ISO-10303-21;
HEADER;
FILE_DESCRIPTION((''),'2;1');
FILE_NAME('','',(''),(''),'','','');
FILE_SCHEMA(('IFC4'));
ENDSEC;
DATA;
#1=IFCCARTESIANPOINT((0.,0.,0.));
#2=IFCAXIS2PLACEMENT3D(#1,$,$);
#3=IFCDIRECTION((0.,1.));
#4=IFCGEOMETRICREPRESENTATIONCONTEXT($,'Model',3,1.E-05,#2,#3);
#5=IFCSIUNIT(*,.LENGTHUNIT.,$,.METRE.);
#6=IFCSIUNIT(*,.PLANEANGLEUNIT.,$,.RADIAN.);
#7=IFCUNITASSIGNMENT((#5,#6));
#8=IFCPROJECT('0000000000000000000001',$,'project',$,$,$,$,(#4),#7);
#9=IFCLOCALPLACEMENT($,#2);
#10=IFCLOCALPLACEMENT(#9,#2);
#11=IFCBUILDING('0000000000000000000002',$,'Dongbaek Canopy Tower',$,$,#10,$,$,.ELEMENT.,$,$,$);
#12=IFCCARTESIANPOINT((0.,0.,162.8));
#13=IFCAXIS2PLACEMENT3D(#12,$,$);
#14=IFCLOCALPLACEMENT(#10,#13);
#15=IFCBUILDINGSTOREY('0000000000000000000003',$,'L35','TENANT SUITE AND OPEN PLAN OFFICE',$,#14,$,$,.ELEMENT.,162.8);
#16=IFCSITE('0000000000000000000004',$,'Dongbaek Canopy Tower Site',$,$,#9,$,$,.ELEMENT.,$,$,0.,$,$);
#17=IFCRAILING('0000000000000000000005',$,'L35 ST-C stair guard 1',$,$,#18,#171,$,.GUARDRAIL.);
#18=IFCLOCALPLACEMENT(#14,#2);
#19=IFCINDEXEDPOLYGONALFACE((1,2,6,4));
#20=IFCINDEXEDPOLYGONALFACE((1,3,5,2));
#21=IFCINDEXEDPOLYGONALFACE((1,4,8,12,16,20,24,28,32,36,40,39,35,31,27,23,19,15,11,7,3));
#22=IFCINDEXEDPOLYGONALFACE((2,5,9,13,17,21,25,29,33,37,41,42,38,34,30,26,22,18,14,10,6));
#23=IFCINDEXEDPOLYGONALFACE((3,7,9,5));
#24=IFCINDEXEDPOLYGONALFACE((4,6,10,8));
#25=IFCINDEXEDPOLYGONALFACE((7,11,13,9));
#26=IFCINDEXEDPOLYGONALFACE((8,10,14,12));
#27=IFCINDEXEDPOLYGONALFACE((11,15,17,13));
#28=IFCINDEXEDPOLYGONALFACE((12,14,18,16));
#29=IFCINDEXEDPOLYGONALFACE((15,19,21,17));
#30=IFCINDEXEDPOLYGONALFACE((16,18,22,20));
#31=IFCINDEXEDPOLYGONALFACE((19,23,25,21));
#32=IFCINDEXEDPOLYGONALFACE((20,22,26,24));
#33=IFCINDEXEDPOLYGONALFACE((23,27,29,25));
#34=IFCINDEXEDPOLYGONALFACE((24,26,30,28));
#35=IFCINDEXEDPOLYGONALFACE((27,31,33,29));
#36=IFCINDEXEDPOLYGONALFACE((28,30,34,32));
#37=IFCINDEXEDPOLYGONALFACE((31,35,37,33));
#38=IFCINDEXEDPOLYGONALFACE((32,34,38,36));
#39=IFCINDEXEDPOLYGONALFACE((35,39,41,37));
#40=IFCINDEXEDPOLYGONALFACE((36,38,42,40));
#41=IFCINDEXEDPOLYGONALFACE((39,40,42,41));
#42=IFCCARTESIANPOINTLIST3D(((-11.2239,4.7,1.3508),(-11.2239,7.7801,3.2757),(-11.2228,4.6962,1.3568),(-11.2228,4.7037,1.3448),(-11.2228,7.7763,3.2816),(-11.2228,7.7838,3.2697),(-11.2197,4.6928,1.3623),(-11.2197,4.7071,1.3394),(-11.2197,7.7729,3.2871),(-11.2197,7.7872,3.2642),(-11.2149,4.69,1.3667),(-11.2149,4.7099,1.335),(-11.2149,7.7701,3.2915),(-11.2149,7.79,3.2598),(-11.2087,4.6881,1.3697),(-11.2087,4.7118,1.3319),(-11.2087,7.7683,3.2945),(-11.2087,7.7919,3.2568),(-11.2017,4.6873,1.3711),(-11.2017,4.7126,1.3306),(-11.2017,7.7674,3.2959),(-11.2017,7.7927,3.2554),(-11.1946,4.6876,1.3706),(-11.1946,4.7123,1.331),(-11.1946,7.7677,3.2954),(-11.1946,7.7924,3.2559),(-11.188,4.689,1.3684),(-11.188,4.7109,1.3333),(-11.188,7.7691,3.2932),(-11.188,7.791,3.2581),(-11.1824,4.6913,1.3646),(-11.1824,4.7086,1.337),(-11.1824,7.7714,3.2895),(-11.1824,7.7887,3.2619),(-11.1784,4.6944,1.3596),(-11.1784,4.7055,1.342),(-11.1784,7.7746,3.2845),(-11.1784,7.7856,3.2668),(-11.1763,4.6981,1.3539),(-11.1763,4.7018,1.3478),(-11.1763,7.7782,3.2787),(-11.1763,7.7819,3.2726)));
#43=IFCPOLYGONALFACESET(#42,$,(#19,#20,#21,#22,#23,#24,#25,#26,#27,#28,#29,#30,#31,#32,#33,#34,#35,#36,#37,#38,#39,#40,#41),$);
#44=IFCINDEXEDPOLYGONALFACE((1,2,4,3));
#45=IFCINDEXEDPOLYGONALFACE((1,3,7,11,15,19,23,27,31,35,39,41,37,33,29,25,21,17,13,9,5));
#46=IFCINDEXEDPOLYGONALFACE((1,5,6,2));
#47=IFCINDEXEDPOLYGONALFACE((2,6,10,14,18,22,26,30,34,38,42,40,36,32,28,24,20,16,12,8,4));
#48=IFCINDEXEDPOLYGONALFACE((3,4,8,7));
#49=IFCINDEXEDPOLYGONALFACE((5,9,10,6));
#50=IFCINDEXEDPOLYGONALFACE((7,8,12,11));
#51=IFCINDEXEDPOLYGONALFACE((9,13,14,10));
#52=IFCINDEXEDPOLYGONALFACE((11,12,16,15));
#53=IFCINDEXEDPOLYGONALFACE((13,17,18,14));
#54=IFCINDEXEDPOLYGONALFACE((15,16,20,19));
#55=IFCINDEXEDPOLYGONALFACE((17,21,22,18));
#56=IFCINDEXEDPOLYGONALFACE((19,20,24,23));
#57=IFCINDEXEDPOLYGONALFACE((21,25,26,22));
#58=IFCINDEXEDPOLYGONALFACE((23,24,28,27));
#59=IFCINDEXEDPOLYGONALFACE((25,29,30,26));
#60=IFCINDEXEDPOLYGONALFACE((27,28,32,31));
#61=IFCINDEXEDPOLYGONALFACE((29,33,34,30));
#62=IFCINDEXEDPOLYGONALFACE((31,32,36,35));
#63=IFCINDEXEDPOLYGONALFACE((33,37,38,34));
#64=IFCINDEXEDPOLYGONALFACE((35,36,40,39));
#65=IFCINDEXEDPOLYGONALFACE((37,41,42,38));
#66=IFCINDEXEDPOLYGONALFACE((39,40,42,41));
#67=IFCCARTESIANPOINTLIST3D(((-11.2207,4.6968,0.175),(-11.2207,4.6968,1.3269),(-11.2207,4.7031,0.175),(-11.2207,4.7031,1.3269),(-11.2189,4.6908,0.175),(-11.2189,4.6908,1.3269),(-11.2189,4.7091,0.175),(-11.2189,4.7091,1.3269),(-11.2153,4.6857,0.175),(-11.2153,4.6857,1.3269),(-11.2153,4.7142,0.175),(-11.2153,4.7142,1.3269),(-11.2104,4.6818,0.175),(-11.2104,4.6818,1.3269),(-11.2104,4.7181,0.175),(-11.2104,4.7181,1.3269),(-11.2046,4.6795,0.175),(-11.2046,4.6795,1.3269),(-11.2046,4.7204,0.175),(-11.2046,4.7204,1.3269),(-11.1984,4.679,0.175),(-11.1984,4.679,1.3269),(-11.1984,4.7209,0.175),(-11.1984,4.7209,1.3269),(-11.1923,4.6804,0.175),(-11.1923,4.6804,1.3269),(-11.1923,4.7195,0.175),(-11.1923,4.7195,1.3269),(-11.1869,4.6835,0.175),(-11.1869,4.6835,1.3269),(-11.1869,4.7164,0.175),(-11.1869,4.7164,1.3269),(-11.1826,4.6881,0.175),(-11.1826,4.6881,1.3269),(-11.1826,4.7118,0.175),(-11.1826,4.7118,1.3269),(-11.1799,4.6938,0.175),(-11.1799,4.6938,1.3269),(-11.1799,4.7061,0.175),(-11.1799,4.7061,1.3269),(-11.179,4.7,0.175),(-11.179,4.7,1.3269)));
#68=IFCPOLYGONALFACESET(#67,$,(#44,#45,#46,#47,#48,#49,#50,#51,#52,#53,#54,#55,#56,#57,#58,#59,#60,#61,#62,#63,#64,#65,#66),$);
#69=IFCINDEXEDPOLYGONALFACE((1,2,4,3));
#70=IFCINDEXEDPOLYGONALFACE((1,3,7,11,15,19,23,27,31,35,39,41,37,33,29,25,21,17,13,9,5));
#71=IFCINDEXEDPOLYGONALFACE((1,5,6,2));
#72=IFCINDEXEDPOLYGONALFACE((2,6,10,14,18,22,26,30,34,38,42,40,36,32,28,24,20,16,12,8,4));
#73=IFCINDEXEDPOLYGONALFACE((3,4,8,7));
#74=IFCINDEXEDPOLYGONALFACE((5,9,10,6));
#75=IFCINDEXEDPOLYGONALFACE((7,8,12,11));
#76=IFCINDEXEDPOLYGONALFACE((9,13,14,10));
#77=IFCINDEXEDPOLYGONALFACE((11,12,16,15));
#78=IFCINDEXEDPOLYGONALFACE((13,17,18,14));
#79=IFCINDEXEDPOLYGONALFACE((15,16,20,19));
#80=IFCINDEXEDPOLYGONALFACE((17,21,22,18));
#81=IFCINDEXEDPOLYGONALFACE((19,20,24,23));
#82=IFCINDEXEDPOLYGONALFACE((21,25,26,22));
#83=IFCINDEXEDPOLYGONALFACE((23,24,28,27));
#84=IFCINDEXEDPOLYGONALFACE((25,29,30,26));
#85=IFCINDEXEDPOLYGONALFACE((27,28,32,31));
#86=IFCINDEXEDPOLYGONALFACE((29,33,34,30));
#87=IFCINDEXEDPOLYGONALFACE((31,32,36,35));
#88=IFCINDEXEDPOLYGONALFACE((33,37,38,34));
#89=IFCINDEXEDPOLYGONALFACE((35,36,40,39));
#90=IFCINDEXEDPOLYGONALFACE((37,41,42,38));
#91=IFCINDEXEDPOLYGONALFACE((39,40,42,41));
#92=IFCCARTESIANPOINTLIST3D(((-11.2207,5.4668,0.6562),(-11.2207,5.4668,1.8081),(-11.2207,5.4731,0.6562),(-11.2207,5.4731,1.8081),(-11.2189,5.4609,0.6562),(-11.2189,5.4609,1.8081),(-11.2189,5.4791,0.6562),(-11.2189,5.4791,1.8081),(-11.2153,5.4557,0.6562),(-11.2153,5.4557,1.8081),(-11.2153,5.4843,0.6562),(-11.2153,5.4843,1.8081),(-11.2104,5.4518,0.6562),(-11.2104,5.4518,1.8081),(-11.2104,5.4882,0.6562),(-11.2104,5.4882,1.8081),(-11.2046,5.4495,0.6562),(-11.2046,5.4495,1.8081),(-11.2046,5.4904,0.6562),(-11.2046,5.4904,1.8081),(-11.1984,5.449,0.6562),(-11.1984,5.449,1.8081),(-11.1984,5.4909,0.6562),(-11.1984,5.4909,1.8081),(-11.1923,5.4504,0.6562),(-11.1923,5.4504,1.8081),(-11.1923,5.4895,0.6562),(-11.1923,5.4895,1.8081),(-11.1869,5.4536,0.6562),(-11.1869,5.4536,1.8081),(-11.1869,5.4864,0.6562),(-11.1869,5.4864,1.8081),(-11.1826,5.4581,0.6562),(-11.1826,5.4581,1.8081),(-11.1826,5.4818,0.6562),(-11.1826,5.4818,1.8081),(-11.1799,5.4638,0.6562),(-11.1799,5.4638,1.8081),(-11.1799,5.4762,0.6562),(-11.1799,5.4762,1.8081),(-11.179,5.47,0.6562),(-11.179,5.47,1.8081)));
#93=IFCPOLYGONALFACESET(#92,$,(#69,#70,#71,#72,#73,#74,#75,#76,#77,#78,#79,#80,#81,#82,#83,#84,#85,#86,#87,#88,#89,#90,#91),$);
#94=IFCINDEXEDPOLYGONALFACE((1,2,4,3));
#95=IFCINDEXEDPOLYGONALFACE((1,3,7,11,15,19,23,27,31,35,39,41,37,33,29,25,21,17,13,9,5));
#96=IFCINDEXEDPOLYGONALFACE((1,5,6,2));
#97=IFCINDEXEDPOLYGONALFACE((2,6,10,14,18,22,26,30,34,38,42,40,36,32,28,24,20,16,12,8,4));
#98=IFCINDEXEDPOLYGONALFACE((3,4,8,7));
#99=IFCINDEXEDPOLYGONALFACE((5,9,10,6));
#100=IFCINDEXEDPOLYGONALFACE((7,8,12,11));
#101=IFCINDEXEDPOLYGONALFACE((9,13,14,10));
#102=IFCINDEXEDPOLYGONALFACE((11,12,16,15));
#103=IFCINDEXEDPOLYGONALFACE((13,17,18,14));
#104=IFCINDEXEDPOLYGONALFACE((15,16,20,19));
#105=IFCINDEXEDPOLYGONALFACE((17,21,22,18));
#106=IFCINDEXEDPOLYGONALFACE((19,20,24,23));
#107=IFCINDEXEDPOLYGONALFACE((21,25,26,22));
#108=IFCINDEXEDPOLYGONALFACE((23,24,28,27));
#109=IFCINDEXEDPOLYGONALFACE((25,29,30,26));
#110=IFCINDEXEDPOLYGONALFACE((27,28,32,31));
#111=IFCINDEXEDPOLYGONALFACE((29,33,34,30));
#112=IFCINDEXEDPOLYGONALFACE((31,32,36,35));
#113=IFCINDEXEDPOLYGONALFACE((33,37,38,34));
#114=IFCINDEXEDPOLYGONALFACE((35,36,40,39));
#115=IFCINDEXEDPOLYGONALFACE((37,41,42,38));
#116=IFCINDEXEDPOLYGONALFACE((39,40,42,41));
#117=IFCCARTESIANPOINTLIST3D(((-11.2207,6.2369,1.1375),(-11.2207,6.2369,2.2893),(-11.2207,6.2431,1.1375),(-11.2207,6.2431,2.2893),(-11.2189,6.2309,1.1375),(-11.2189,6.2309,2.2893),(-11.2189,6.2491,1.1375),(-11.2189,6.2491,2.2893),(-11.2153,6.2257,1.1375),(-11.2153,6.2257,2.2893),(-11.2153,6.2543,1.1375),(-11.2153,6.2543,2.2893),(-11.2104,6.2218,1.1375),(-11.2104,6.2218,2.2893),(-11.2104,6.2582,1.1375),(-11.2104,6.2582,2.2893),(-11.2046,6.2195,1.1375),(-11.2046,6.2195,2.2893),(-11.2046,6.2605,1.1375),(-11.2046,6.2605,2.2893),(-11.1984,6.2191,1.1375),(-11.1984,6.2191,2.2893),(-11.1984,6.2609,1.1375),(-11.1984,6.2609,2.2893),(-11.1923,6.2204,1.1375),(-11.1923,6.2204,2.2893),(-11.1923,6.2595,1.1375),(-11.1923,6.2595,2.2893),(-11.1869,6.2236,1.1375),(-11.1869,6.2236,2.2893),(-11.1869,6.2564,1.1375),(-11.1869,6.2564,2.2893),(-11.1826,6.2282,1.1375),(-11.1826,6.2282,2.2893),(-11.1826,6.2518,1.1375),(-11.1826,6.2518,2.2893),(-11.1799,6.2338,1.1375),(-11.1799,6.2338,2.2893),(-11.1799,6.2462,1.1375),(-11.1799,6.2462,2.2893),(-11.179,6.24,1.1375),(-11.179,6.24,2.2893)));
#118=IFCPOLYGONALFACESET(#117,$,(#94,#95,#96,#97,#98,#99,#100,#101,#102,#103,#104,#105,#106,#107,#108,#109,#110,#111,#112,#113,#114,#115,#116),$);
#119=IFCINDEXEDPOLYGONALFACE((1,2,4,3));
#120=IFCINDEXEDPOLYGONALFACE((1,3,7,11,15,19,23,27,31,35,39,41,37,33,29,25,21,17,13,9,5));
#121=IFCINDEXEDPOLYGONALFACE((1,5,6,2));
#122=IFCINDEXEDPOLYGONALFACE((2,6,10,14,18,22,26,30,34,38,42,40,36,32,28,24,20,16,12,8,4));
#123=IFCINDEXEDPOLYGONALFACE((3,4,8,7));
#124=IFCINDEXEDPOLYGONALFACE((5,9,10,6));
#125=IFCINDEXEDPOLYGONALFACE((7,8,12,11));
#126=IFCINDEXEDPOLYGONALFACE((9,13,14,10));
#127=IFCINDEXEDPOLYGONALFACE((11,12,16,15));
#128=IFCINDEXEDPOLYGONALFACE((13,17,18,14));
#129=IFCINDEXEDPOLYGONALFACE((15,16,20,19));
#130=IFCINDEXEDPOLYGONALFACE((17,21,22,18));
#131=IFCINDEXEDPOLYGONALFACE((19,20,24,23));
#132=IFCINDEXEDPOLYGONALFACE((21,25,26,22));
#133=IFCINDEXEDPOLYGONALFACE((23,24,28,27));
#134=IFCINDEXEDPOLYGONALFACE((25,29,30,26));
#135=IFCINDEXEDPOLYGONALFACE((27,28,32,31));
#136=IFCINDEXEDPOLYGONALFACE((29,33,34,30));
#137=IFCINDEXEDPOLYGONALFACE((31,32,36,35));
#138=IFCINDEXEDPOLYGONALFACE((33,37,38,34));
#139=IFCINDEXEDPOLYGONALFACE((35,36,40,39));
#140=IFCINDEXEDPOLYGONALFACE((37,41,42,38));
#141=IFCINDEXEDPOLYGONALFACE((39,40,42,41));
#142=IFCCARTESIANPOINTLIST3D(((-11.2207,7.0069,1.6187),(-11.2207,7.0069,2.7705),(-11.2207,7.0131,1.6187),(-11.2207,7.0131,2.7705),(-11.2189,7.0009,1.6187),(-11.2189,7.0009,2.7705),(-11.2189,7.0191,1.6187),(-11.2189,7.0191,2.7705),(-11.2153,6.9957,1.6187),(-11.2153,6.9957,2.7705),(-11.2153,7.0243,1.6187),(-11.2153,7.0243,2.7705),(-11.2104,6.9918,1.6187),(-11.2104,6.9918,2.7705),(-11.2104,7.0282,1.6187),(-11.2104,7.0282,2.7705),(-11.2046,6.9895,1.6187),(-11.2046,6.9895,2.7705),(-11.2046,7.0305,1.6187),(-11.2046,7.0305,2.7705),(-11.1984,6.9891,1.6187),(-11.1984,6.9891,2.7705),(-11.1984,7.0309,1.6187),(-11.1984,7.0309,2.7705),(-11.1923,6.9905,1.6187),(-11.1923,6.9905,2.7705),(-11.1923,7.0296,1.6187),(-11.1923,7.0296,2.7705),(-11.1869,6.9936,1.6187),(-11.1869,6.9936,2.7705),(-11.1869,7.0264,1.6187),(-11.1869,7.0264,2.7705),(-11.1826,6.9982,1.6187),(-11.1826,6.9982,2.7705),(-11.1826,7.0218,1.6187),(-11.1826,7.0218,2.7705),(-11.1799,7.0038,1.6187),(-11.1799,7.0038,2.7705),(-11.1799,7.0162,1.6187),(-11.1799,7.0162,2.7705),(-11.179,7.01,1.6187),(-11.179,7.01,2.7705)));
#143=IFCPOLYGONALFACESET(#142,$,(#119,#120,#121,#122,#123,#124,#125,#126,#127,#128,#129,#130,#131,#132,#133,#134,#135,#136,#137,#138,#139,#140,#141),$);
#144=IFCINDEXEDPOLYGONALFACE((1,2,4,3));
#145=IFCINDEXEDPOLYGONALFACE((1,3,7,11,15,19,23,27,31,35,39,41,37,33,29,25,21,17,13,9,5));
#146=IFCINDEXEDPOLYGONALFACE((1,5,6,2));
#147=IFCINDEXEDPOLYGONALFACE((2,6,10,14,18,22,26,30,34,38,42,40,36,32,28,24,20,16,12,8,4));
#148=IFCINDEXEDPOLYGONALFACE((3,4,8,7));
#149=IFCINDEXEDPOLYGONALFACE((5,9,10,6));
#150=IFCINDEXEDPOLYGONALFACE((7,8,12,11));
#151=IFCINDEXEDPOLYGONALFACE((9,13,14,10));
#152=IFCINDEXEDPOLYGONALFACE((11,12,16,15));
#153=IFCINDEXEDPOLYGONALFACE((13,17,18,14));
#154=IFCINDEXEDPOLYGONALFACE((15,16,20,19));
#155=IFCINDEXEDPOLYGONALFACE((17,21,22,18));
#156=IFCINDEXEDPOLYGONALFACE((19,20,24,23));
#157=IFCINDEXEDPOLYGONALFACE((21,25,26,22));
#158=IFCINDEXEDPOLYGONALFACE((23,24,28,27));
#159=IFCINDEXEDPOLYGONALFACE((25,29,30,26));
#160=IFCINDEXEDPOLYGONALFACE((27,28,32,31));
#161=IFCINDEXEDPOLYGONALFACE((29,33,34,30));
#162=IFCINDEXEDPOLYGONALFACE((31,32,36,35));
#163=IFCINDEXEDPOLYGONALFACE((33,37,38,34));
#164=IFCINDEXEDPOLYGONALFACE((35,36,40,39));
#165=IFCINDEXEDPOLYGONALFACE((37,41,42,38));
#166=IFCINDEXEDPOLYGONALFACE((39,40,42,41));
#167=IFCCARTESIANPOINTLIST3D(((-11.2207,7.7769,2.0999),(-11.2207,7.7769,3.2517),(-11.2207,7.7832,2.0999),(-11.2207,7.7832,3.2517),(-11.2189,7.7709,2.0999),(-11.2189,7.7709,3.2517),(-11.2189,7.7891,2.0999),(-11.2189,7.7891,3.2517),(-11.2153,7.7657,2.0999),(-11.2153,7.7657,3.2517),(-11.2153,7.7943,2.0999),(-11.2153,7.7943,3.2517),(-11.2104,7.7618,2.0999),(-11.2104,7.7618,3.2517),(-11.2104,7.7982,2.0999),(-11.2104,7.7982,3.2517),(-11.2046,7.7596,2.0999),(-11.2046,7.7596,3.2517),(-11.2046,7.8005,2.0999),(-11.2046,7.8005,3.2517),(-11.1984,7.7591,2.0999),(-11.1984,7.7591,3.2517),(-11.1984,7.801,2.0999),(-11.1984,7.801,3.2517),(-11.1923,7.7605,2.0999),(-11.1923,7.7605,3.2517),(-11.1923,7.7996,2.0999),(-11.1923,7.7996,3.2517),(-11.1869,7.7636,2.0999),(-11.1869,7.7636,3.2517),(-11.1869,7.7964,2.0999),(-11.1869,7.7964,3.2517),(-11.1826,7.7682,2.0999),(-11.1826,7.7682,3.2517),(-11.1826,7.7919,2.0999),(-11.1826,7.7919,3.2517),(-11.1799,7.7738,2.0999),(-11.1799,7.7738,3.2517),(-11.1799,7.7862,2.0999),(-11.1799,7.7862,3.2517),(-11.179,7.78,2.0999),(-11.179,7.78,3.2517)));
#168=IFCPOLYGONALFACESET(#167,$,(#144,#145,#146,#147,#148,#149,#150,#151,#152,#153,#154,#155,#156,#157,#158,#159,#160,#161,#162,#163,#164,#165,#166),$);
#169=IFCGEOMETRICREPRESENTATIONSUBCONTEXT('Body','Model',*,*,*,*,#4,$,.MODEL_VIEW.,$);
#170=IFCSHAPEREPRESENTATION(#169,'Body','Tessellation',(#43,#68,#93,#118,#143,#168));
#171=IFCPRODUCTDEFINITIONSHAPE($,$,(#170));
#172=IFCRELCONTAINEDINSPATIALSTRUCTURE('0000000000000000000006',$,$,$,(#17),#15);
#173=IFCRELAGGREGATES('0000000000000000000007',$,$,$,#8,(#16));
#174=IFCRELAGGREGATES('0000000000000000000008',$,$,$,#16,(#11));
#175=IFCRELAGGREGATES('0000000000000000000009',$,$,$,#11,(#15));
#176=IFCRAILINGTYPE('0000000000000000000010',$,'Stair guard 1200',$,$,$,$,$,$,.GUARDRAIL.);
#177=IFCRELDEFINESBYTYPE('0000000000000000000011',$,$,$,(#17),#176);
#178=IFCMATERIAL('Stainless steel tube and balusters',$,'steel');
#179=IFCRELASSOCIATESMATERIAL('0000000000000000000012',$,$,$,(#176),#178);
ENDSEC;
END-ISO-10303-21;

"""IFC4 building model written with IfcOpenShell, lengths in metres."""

from ifc_helpers import new_model, si_unit, direction, frame, origin, origin_2d, place, context, subcontext, project, spatial, circle, extrude, material, type_object, element, save


model = new_model("IFC4")

# Units and contexts
model_context = context("Model", 3, precision=1e-05, world=origin(), true_north=direction((0.0, 1.0)))
body_context = subcontext(model_context, "Body", "Model", "MODEL_VIEW")
ifc_project = project(units=[si_unit("LENGTHUNIT", "METRE"), si_unit("PLANEANGLEUNIT", "RADIAN")], contexts=[model_context])

# Site, building, storey
site_placement = place(None, origin())
site = spatial("IfcSite", under=ifc_project, at=site_placement, Name="Dongbaek Canopy Tower Site", CompositionType="ELEMENT", RefElevation=0.0)
building_placement = place(site_placement, origin())
building = spatial("IfcBuilding", under=site, at=building_placement, Name="Dongbaek Canopy Tower", CompositionType="ELEMENT")
storey_placement = place(building_placement, frame((0.0, 0.0, 162.8)))
storey = spatial("IfcBuildingStorey", under=building, at=storey_placement, Name="L35", Description="TENANT SUITE AND OPEN PLAN OFFICE", CompositionType="ELEMENT", Elevation=162.8)

# Railing
ifc_material_1 = material(Name="Stainless steel tube and balusters", Category="steel")
railing_type_1 = type_object("IfcRailingType", Name="Stair guard 1200", PredefinedType="GUARDRAIL", material=ifc_material_1)
railing_1_placement = place(storey_placement, frame((-11.2, 4.7, 0.175)))
element("IfcRailing", 1, at=railing_1_placement, inside=storey, type_object=railing_type_1, Name="L35 ST-C stair guard 1", PredefinedType="GUARDRAIL", context=body_context, shape_type="SweptSolid", body=[
    extrude(circle(Radius=0.0239, at=origin_2d()), frame((0.0, 0.0, 1.1758), z_axis=(0.0, 0.848029, 0.529951), x_axis=(-1.0, 0.0, 0.0)), (0.0, 0.0, 1.0), 3.6321),
    extrude(circle(Radius=0.021, at=origin_2d()), origin(), (0.0, 0.0, 1.0), 1.1519),
    extrude(circle(Radius=0.021, at=origin_2d()), frame((0.0, 0.77, 0.4812)), (0.0, 0.0, 1.0), 1.1519),
    extrude(circle(Radius=0.021, at=origin_2d()), frame((0.0, 1.54, 0.9624)), (0.0, 0.0, 1.0), 1.1519),
    extrude(circle(Radius=0.021, at=origin_2d()), frame((0.0, 2.3101, 1.4436)), (0.0, 0.0, 1.0), 1.1519),
    extrude(circle(Radius=0.021, at=origin_2d()), frame((0.0, 3.0801, 1.9248)), (0.0, 0.0, 1.0), 1.1519),
])

save(model, "model.ifc")
